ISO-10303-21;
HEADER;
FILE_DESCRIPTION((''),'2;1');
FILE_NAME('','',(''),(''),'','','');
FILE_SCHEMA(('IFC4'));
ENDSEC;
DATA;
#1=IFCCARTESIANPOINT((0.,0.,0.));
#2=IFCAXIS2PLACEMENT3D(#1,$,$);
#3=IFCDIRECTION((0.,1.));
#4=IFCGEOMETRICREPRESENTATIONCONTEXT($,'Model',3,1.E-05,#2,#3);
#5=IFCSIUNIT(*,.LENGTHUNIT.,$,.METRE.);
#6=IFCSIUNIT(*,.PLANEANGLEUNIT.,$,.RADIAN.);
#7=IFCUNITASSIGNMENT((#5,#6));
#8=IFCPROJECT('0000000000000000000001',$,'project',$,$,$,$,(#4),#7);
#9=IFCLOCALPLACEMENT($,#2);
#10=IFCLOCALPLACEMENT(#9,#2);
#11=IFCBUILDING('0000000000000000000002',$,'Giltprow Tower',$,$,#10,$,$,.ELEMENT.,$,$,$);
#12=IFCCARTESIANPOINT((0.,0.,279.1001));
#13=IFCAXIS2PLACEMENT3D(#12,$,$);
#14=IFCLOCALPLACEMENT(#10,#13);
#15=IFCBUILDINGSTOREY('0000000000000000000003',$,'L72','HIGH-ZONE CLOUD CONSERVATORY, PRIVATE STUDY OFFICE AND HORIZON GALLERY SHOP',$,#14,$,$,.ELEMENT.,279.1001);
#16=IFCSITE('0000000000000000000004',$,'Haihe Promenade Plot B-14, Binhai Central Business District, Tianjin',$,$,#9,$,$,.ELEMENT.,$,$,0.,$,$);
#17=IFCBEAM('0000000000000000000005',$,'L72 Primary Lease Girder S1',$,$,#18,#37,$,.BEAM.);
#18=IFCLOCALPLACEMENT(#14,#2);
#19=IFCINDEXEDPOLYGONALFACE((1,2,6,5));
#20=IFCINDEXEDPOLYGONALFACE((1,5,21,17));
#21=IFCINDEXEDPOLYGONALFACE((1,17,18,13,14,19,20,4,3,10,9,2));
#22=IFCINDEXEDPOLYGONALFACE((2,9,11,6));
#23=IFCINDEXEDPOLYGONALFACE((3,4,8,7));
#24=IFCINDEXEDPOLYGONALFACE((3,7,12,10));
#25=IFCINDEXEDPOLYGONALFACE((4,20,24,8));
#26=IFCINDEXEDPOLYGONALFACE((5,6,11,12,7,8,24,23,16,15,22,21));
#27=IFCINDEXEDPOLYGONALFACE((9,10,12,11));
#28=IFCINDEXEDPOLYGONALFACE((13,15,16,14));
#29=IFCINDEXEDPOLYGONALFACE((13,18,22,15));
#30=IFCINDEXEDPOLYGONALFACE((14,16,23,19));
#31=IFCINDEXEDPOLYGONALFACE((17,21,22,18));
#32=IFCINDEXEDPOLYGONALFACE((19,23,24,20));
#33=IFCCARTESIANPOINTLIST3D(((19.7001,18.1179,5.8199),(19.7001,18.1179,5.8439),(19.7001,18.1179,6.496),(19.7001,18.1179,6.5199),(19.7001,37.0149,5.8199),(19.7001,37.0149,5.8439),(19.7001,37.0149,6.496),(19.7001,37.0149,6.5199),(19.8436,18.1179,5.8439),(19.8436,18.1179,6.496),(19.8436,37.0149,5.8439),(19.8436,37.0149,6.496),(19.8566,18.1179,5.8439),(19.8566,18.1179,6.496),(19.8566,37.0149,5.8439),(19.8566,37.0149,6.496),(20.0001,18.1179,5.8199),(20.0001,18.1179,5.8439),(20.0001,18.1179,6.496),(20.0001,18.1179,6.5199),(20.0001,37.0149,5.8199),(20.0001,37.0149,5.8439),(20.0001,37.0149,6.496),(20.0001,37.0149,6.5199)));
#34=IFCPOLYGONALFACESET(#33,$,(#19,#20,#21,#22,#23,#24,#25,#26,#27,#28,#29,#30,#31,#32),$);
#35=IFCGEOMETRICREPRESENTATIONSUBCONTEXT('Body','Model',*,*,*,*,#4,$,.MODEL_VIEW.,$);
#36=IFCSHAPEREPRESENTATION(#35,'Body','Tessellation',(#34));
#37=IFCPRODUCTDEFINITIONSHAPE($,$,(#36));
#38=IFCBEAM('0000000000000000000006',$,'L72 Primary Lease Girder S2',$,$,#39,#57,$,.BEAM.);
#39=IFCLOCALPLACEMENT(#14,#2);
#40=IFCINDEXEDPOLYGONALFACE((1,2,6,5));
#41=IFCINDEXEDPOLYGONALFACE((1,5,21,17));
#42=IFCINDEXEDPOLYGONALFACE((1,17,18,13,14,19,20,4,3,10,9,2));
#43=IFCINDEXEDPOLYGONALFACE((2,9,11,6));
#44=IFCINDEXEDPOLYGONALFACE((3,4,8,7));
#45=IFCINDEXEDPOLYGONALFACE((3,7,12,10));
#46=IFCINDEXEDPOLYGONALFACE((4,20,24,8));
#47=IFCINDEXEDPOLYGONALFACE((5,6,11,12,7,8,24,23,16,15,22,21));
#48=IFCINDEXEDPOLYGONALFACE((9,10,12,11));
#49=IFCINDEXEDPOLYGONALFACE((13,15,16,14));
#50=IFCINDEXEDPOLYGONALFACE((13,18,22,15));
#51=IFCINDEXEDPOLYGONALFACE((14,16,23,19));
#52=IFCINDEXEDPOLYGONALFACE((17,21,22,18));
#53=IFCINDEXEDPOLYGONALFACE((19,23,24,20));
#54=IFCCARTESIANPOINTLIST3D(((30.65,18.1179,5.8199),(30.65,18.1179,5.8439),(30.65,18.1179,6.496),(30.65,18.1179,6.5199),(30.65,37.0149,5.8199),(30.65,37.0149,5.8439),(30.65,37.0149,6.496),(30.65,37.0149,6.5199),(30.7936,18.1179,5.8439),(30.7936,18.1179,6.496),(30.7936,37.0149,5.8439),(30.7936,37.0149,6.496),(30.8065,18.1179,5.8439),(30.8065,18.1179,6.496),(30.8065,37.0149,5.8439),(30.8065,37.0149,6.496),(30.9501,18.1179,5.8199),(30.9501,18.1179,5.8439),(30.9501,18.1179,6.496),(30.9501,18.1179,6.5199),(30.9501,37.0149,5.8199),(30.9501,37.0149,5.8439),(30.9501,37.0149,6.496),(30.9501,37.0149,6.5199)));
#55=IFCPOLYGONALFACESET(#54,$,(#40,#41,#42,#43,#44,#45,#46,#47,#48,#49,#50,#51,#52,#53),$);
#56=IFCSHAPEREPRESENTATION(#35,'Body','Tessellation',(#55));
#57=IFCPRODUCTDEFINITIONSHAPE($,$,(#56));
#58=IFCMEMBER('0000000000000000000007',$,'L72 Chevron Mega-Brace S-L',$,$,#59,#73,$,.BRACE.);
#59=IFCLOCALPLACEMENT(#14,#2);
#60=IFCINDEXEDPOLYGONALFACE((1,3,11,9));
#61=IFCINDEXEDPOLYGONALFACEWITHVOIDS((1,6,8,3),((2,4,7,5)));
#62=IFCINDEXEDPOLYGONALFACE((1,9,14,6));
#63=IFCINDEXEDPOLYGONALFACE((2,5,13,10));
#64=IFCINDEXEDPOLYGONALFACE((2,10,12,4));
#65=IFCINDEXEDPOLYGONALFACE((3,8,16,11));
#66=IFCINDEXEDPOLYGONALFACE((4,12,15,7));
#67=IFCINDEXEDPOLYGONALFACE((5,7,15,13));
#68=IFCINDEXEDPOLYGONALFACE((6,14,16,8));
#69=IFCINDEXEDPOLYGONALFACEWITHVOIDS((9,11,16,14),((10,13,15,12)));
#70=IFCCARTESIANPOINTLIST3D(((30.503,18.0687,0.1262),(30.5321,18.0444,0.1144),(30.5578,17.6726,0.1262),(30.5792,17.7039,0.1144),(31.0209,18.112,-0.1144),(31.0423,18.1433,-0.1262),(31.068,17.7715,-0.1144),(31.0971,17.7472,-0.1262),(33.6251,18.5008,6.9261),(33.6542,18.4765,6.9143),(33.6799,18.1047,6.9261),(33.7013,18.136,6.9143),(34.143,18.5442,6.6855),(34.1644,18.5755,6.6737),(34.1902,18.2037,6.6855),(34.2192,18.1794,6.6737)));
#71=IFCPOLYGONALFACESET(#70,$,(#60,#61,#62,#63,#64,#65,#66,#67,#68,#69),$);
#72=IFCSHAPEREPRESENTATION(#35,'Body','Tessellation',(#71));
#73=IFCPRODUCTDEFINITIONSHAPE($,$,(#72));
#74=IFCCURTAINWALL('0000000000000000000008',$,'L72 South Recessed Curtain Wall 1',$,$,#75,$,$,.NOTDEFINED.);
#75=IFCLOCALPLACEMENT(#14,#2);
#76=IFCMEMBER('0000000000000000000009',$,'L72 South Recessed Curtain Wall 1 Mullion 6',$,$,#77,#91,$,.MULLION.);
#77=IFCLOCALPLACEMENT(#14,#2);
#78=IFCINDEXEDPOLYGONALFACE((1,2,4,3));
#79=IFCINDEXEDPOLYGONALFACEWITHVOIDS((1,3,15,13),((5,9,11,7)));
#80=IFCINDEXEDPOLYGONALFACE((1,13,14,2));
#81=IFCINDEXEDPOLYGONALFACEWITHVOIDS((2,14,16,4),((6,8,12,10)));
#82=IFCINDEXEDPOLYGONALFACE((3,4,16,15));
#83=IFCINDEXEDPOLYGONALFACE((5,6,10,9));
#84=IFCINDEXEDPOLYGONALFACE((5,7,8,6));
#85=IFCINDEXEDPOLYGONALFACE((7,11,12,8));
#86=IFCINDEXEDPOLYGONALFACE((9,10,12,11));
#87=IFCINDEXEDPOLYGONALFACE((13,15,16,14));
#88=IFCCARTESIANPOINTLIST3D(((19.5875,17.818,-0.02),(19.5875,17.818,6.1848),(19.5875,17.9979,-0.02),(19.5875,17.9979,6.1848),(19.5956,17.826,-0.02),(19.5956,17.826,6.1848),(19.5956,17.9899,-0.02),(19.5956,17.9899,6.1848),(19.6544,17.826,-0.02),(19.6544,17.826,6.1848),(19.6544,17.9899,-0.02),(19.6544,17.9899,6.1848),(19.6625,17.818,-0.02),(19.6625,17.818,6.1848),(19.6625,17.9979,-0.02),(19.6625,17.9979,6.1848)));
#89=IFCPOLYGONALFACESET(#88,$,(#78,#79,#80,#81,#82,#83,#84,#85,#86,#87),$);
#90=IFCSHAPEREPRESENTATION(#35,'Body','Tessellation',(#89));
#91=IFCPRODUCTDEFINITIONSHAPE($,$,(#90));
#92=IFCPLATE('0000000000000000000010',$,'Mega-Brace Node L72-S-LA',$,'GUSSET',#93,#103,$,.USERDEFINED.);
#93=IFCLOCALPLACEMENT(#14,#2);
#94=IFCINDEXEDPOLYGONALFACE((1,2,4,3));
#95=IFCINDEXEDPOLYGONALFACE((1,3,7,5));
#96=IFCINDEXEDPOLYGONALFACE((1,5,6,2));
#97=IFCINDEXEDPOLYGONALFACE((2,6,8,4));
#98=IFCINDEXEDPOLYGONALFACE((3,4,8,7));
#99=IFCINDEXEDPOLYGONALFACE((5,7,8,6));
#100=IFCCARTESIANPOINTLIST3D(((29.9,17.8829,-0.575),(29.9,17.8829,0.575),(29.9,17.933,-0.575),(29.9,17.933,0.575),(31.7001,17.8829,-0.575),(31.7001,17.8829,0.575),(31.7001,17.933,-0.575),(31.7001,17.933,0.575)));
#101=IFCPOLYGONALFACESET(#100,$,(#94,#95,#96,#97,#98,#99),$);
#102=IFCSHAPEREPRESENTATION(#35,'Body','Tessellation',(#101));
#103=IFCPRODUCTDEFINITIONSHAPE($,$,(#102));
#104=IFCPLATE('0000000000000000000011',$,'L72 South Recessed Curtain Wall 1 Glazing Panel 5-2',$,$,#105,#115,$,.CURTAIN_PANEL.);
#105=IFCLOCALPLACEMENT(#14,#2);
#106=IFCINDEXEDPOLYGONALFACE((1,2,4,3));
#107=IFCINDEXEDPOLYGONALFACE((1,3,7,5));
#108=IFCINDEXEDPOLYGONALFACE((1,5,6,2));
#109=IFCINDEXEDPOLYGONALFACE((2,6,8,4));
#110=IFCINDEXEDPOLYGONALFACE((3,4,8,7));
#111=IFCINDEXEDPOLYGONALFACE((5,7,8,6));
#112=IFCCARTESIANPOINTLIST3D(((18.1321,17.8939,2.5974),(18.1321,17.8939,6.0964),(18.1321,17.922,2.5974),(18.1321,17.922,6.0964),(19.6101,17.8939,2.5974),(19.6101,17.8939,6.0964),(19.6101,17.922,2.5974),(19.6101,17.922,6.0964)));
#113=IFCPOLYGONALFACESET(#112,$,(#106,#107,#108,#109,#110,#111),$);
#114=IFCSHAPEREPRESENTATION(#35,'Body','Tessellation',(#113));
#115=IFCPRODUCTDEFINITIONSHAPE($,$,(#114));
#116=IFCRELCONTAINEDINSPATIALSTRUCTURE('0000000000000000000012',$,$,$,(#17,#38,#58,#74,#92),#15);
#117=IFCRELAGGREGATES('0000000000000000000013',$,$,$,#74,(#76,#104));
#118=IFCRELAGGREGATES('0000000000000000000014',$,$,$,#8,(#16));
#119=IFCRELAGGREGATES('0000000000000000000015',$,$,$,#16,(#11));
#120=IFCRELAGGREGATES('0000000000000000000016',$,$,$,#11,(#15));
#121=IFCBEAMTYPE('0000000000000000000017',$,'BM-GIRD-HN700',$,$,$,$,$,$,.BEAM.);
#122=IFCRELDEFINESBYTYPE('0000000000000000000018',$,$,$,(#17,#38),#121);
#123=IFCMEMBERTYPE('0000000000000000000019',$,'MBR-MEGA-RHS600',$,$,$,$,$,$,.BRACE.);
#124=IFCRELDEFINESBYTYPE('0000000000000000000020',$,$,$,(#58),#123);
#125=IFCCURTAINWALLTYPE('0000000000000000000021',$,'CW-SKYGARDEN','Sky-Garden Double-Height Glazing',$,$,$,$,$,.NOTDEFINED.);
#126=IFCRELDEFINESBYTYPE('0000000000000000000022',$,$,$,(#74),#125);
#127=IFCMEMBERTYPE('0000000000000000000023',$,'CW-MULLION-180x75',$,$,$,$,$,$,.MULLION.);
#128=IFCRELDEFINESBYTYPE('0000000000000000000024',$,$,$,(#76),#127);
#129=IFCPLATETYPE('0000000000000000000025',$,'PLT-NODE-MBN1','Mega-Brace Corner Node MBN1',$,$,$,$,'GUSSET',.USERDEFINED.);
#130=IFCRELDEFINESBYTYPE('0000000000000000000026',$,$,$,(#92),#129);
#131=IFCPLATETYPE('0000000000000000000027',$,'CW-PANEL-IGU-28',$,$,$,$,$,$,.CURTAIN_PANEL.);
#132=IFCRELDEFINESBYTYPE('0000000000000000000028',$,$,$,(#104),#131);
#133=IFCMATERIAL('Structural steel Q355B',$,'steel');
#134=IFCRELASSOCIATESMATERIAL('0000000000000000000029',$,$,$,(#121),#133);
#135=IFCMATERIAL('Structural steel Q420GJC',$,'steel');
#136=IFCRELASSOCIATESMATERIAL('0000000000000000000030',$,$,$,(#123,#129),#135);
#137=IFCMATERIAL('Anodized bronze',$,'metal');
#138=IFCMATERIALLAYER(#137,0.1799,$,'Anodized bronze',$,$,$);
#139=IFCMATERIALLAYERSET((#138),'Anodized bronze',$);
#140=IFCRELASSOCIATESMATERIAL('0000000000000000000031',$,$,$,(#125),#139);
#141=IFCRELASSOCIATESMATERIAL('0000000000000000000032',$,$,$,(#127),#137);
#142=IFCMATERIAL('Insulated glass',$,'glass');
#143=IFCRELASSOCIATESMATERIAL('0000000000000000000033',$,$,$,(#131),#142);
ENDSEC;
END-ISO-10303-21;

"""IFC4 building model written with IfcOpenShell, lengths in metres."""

from ifc_helpers import new_model, si_unit, direction, frame, origin, origin_2d, place, context, subcontext, project, spatial, rectangle, hollow_rectangle, i_section, extrude, source, transform, mapped, material, layer, layer_set, material_profile, profile_set, type_object, element, aggregate, save


model = new_model("IFC4")

# Units and contexts
model_context = context("Model", 3, precision=1e-05, world=origin(), true_north=direction((0.0, 1.0)))
body_context = subcontext(model_context, "Body", "Model", "MODEL_VIEW")
ifc_project = project(units=[si_unit("LENGTHUNIT", "METRE"), si_unit("PLANEANGLEUNIT", "RADIAN")], contexts=[model_context])

# Site, building, storey
site_placement = place(None, origin())
site = spatial("IfcSite", under=ifc_project, at=site_placement, Name="Haihe Promenade Plot B-14, Binhai Central Business District, Tianjin", CompositionType="ELEMENT", RefElevation=0.0)
building_placement = place(site_placement, origin())
building = spatial("IfcBuilding", under=site, at=building_placement, Name="Giltprow Tower", CompositionType="ELEMENT")
storey_placement = place(building_placement, frame((0.0, 0.0, 279.1001)))
storey = spatial("IfcBuildingStorey", under=building, at=storey_placement, Name="L72", Description="HIGH-ZONE CLOUD CONSERVATORY, PRIVATE STUDY OFFICE AND HORIZON GALLERY SHOP", CompositionType="ELEMENT", Elevation=279.1001)

# Shared definitions
ifc_material_1 = material(Name="Structural steel Q420GJC", Category="steel")
ifc_material_2 = material(Name="Structural steel Q355B", Category="steel")

# Beams
ifc_material_profile_1 = material_profile(ifc_material_2, i_section(OverallWidth=0.3, OverallDepth=0.7, WebThickness=0.0129, FlangeThickness=0.0239, at=origin_2d()), Name="HN 700x300x13x24")
ifc_profile_set_1 = profile_set([ifc_material_profile_1], Name="Structural steel Q355B")
beam_type_1 = type_object("IfcBeamType", Name="BM-GIRD-HN700", PredefinedType="BEAM", material=ifc_profile_set_1)
shared_shape_1 = source(origin(), body_context, "Body", "SweptSolid", [
    extrude(i_section(OverallWidth=0.3, OverallDepth=0.7, WebThickness=0.0129, FlangeThickness=0.0239, at=origin_2d()), origin(), (0.0, 0.0, 1.0), 18.897),
])
for number, where, z_axis, x_axis, name in (
    (1, (19.8501, 18.1179, 6.1699), (0.0, 1.0, 0.0), (-1.0, 0.0, 0.0), "L72 Primary Lease Girder S1"),
    (2, (30.8, 18.1179, 6.1699), (0.0, 1.0, 0.0), (-1.0, 0.0, 0.0), "L72 Primary Lease Girder S2"),
):
    element("IfcBeam", number, at=place(storey_placement, frame(where, z_axis=z_axis, x_axis=x_axis)), inside=storey, type_object=beam_type_1, Name=name, PredefinedType="BEAM", context=body_context, shape_type="MappedRepresentation", body=[
        mapped(shared_shape_1, transform((0.0, 0.0, 0.0), x_axis=(1.0, 0.0, 0.0), y_axis=(0.0, 1.0, 0.0), z_axis=(0.0, 0.0, 1.0), scale=1.0)),
    ])

# Member
ifc_material_profile_2 = material_profile(ifc_material_1, hollow_rectangle(XDim=0.3999, YDim=0.6001, WallThickness=0.0281, at=origin_2d()), Name="RHS 600x400x28")
ifc_profile_set_2 = profile_set([ifc_material_profile_2], Name="Structural steel Q420GJC")
member_type_1 = type_object("IfcMemberType", Name="MBR-MEGA-RHS600", PredefinedType="BRACE", material=ifc_profile_set_2)
shared_shape_2 = source(origin(), body_context, "Body", "SweptSolid", [
    extrude(hollow_rectangle(XDim=0.3999, YDim=0.6001, WallThickness=0.0281, at=origin_2d()), origin(), (0.0, 0.0, 1.0), 7.4949),
])
member_1_placement = place(storey_placement, frame((30.8, 17.908, 0.0), z_axis=(0.416567, 0.057657, 0.907275), x_axis=(-0.137104, 0.990557, 0.0)))
element("IfcMember", 3, at=member_1_placement, inside=storey, type_object=member_type_1, Name="L72 Chevron Mega-Brace S-L", PredefinedType="BRACE", context=body_context, shape_type="MappedRepresentation", body=[
    mapped(shared_shape_2, transform((0.0, 0.0, 0.0), x_axis=(1.0, 0.0, 0.0), y_axis=(0.0, 1.0, 0.0), z_axis=(0.0, 0.0, 1.0), scale=1.0)),
])

# Curtain wall, member
ifc_material_3 = material(Name="Anodized bronze", Category="metal")
ifc_layer_1 = layer(ifc_material_3, 0.1799, Name="Anodized bronze")
ifc_layer_set_1 = layer_set([ifc_layer_1], Name="Anodized bronze")
curtain_wall_type = type_object("IfcCurtainWallType", Name="CW-SKYGARDEN", Description="Sky-Garden Double-Height Glazing", PredefinedType="NOTDEFINED", material=ifc_layer_set_1)
curtain_wall_placement = place(storey_placement, origin())
curtain_wall = element("IfcCurtainWall", 4, at=curtain_wall_placement, inside=storey, type_object=curtain_wall_type, Name="L72 South Recessed Curtain Wall 1", PredefinedType="NOTDEFINED")
ifc_material_profile_3 = material_profile(ifc_material_3, hollow_rectangle(XDim=0.075, YDim=0.1799, WallThickness=0.0081, at=origin_2d()), Name="RHS 180x75x8")
ifc_profile_set_3 = profile_set([ifc_material_profile_3], Name="Anodized bronze")
member_type_2 = type_object("IfcMemberType", Name="CW-MULLION-180x75", PredefinedType="MULLION", material=ifc_profile_set_3)
shared_shape_3 = source(origin(), body_context, "Body", "SweptSolid", [
    extrude(hollow_rectangle(XDim=0.075, YDim=0.1799, WallThickness=0.0081, at=origin_2d()), origin(), (0.0, 0.0, 1.0), 6.2048),
])
member_2_placement = place(storey_placement, frame((19.625, 17.908, -0.02), z_axis=(0.0, 0.0, 1.0), x_axis=(1.0, 0.0, 0.0)))
member_2 = element("IfcMember", 5, at=member_2_placement, type_object=member_type_2, Name="L72 South Recessed Curtain Wall 1 Mullion 6", PredefinedType="MULLION", context=body_context, shape_type="MappedRepresentation", body=[
    mapped(shared_shape_3, transform((0.0, 0.0, 0.0), x_axis=(1.0, 0.0, 0.0), y_axis=(0.0, 1.0, 0.0), z_axis=(0.0, 0.0, 1.0), scale=1.0)),
])

# Plates
plate_type_1 = type_object("IfcPlateType", Name="PLT-NODE-MBN1", Description="Mega-Brace Corner Node MBN1", ElementType="GUSSET", PredefinedType="USERDEFINED", material=ifc_material_1)
shared_shape_4 = source(origin(), body_context, "Body", "SweptSolid", [
    extrude(rectangle(XDim=1.8, YDim=0.05, at=origin_2d()), origin(), (0.0, 0.0, 1.0), 1.1499),
])
plate_1_placement = place(storey_placement, frame((30.8, 17.908, -0.575), z_axis=(0.0, 0.0, 1.0), x_axis=(1.0, 0.0, 0.0)))
element("IfcPlate", 6, at=plate_1_placement, inside=storey, type_object=plate_type_1, Name="Mega-Brace Node L72-S-LA", ObjectType="GUSSET", PredefinedType="USERDEFINED", context=body_context, shape_type="MappedRepresentation", body=[
    mapped(shared_shape_4, transform((0.0, 0.0, 0.0), x_axis=(1.0, 0.0, 0.0), y_axis=(0.0, 1.0, 0.0), z_axis=(0.0, 0.0, 1.0), scale=1.0)),
])
ifc_material_4 = material(Name="Insulated glass", Category="glass")
plate_type_2 = type_object("IfcPlateType", Name="CW-PANEL-IGU-28", PredefinedType="CURTAIN_PANEL", material=ifc_material_4)
shared_shape_5 = source(origin(), body_context, "Body", "SweptSolid", [
    extrude(rectangle(XDim=1.478, YDim=0.0281, at=origin_2d()), origin(), (0.0, 0.0, 1.0), 3.499),
])
plate_2_placement = place(storey_placement, frame((18.8711, 17.908, 2.5974), z_axis=(0.0, 0.0, 1.0), x_axis=(1.0, 0.0, 0.0)))
plate_2 = element("IfcPlate", 7, at=plate_2_placement, type_object=plate_type_2, Name="L72 South Recessed Curtain Wall 1 Glazing Panel 5-2", PredefinedType="CURTAIN_PANEL", context=body_context, shape_type="MappedRepresentation", body=[
    mapped(shared_shape_5, transform((0.0, 0.0, 0.0), x_axis=(1.0, 0.0, 0.0), y_axis=(0.0, 1.0, 0.0), z_axis=(0.0, 0.0, 1.0), scale=1.0)),
])
aggregate(curtain_wall, [member_2, plate_2])

save(model, "model.ifc")
